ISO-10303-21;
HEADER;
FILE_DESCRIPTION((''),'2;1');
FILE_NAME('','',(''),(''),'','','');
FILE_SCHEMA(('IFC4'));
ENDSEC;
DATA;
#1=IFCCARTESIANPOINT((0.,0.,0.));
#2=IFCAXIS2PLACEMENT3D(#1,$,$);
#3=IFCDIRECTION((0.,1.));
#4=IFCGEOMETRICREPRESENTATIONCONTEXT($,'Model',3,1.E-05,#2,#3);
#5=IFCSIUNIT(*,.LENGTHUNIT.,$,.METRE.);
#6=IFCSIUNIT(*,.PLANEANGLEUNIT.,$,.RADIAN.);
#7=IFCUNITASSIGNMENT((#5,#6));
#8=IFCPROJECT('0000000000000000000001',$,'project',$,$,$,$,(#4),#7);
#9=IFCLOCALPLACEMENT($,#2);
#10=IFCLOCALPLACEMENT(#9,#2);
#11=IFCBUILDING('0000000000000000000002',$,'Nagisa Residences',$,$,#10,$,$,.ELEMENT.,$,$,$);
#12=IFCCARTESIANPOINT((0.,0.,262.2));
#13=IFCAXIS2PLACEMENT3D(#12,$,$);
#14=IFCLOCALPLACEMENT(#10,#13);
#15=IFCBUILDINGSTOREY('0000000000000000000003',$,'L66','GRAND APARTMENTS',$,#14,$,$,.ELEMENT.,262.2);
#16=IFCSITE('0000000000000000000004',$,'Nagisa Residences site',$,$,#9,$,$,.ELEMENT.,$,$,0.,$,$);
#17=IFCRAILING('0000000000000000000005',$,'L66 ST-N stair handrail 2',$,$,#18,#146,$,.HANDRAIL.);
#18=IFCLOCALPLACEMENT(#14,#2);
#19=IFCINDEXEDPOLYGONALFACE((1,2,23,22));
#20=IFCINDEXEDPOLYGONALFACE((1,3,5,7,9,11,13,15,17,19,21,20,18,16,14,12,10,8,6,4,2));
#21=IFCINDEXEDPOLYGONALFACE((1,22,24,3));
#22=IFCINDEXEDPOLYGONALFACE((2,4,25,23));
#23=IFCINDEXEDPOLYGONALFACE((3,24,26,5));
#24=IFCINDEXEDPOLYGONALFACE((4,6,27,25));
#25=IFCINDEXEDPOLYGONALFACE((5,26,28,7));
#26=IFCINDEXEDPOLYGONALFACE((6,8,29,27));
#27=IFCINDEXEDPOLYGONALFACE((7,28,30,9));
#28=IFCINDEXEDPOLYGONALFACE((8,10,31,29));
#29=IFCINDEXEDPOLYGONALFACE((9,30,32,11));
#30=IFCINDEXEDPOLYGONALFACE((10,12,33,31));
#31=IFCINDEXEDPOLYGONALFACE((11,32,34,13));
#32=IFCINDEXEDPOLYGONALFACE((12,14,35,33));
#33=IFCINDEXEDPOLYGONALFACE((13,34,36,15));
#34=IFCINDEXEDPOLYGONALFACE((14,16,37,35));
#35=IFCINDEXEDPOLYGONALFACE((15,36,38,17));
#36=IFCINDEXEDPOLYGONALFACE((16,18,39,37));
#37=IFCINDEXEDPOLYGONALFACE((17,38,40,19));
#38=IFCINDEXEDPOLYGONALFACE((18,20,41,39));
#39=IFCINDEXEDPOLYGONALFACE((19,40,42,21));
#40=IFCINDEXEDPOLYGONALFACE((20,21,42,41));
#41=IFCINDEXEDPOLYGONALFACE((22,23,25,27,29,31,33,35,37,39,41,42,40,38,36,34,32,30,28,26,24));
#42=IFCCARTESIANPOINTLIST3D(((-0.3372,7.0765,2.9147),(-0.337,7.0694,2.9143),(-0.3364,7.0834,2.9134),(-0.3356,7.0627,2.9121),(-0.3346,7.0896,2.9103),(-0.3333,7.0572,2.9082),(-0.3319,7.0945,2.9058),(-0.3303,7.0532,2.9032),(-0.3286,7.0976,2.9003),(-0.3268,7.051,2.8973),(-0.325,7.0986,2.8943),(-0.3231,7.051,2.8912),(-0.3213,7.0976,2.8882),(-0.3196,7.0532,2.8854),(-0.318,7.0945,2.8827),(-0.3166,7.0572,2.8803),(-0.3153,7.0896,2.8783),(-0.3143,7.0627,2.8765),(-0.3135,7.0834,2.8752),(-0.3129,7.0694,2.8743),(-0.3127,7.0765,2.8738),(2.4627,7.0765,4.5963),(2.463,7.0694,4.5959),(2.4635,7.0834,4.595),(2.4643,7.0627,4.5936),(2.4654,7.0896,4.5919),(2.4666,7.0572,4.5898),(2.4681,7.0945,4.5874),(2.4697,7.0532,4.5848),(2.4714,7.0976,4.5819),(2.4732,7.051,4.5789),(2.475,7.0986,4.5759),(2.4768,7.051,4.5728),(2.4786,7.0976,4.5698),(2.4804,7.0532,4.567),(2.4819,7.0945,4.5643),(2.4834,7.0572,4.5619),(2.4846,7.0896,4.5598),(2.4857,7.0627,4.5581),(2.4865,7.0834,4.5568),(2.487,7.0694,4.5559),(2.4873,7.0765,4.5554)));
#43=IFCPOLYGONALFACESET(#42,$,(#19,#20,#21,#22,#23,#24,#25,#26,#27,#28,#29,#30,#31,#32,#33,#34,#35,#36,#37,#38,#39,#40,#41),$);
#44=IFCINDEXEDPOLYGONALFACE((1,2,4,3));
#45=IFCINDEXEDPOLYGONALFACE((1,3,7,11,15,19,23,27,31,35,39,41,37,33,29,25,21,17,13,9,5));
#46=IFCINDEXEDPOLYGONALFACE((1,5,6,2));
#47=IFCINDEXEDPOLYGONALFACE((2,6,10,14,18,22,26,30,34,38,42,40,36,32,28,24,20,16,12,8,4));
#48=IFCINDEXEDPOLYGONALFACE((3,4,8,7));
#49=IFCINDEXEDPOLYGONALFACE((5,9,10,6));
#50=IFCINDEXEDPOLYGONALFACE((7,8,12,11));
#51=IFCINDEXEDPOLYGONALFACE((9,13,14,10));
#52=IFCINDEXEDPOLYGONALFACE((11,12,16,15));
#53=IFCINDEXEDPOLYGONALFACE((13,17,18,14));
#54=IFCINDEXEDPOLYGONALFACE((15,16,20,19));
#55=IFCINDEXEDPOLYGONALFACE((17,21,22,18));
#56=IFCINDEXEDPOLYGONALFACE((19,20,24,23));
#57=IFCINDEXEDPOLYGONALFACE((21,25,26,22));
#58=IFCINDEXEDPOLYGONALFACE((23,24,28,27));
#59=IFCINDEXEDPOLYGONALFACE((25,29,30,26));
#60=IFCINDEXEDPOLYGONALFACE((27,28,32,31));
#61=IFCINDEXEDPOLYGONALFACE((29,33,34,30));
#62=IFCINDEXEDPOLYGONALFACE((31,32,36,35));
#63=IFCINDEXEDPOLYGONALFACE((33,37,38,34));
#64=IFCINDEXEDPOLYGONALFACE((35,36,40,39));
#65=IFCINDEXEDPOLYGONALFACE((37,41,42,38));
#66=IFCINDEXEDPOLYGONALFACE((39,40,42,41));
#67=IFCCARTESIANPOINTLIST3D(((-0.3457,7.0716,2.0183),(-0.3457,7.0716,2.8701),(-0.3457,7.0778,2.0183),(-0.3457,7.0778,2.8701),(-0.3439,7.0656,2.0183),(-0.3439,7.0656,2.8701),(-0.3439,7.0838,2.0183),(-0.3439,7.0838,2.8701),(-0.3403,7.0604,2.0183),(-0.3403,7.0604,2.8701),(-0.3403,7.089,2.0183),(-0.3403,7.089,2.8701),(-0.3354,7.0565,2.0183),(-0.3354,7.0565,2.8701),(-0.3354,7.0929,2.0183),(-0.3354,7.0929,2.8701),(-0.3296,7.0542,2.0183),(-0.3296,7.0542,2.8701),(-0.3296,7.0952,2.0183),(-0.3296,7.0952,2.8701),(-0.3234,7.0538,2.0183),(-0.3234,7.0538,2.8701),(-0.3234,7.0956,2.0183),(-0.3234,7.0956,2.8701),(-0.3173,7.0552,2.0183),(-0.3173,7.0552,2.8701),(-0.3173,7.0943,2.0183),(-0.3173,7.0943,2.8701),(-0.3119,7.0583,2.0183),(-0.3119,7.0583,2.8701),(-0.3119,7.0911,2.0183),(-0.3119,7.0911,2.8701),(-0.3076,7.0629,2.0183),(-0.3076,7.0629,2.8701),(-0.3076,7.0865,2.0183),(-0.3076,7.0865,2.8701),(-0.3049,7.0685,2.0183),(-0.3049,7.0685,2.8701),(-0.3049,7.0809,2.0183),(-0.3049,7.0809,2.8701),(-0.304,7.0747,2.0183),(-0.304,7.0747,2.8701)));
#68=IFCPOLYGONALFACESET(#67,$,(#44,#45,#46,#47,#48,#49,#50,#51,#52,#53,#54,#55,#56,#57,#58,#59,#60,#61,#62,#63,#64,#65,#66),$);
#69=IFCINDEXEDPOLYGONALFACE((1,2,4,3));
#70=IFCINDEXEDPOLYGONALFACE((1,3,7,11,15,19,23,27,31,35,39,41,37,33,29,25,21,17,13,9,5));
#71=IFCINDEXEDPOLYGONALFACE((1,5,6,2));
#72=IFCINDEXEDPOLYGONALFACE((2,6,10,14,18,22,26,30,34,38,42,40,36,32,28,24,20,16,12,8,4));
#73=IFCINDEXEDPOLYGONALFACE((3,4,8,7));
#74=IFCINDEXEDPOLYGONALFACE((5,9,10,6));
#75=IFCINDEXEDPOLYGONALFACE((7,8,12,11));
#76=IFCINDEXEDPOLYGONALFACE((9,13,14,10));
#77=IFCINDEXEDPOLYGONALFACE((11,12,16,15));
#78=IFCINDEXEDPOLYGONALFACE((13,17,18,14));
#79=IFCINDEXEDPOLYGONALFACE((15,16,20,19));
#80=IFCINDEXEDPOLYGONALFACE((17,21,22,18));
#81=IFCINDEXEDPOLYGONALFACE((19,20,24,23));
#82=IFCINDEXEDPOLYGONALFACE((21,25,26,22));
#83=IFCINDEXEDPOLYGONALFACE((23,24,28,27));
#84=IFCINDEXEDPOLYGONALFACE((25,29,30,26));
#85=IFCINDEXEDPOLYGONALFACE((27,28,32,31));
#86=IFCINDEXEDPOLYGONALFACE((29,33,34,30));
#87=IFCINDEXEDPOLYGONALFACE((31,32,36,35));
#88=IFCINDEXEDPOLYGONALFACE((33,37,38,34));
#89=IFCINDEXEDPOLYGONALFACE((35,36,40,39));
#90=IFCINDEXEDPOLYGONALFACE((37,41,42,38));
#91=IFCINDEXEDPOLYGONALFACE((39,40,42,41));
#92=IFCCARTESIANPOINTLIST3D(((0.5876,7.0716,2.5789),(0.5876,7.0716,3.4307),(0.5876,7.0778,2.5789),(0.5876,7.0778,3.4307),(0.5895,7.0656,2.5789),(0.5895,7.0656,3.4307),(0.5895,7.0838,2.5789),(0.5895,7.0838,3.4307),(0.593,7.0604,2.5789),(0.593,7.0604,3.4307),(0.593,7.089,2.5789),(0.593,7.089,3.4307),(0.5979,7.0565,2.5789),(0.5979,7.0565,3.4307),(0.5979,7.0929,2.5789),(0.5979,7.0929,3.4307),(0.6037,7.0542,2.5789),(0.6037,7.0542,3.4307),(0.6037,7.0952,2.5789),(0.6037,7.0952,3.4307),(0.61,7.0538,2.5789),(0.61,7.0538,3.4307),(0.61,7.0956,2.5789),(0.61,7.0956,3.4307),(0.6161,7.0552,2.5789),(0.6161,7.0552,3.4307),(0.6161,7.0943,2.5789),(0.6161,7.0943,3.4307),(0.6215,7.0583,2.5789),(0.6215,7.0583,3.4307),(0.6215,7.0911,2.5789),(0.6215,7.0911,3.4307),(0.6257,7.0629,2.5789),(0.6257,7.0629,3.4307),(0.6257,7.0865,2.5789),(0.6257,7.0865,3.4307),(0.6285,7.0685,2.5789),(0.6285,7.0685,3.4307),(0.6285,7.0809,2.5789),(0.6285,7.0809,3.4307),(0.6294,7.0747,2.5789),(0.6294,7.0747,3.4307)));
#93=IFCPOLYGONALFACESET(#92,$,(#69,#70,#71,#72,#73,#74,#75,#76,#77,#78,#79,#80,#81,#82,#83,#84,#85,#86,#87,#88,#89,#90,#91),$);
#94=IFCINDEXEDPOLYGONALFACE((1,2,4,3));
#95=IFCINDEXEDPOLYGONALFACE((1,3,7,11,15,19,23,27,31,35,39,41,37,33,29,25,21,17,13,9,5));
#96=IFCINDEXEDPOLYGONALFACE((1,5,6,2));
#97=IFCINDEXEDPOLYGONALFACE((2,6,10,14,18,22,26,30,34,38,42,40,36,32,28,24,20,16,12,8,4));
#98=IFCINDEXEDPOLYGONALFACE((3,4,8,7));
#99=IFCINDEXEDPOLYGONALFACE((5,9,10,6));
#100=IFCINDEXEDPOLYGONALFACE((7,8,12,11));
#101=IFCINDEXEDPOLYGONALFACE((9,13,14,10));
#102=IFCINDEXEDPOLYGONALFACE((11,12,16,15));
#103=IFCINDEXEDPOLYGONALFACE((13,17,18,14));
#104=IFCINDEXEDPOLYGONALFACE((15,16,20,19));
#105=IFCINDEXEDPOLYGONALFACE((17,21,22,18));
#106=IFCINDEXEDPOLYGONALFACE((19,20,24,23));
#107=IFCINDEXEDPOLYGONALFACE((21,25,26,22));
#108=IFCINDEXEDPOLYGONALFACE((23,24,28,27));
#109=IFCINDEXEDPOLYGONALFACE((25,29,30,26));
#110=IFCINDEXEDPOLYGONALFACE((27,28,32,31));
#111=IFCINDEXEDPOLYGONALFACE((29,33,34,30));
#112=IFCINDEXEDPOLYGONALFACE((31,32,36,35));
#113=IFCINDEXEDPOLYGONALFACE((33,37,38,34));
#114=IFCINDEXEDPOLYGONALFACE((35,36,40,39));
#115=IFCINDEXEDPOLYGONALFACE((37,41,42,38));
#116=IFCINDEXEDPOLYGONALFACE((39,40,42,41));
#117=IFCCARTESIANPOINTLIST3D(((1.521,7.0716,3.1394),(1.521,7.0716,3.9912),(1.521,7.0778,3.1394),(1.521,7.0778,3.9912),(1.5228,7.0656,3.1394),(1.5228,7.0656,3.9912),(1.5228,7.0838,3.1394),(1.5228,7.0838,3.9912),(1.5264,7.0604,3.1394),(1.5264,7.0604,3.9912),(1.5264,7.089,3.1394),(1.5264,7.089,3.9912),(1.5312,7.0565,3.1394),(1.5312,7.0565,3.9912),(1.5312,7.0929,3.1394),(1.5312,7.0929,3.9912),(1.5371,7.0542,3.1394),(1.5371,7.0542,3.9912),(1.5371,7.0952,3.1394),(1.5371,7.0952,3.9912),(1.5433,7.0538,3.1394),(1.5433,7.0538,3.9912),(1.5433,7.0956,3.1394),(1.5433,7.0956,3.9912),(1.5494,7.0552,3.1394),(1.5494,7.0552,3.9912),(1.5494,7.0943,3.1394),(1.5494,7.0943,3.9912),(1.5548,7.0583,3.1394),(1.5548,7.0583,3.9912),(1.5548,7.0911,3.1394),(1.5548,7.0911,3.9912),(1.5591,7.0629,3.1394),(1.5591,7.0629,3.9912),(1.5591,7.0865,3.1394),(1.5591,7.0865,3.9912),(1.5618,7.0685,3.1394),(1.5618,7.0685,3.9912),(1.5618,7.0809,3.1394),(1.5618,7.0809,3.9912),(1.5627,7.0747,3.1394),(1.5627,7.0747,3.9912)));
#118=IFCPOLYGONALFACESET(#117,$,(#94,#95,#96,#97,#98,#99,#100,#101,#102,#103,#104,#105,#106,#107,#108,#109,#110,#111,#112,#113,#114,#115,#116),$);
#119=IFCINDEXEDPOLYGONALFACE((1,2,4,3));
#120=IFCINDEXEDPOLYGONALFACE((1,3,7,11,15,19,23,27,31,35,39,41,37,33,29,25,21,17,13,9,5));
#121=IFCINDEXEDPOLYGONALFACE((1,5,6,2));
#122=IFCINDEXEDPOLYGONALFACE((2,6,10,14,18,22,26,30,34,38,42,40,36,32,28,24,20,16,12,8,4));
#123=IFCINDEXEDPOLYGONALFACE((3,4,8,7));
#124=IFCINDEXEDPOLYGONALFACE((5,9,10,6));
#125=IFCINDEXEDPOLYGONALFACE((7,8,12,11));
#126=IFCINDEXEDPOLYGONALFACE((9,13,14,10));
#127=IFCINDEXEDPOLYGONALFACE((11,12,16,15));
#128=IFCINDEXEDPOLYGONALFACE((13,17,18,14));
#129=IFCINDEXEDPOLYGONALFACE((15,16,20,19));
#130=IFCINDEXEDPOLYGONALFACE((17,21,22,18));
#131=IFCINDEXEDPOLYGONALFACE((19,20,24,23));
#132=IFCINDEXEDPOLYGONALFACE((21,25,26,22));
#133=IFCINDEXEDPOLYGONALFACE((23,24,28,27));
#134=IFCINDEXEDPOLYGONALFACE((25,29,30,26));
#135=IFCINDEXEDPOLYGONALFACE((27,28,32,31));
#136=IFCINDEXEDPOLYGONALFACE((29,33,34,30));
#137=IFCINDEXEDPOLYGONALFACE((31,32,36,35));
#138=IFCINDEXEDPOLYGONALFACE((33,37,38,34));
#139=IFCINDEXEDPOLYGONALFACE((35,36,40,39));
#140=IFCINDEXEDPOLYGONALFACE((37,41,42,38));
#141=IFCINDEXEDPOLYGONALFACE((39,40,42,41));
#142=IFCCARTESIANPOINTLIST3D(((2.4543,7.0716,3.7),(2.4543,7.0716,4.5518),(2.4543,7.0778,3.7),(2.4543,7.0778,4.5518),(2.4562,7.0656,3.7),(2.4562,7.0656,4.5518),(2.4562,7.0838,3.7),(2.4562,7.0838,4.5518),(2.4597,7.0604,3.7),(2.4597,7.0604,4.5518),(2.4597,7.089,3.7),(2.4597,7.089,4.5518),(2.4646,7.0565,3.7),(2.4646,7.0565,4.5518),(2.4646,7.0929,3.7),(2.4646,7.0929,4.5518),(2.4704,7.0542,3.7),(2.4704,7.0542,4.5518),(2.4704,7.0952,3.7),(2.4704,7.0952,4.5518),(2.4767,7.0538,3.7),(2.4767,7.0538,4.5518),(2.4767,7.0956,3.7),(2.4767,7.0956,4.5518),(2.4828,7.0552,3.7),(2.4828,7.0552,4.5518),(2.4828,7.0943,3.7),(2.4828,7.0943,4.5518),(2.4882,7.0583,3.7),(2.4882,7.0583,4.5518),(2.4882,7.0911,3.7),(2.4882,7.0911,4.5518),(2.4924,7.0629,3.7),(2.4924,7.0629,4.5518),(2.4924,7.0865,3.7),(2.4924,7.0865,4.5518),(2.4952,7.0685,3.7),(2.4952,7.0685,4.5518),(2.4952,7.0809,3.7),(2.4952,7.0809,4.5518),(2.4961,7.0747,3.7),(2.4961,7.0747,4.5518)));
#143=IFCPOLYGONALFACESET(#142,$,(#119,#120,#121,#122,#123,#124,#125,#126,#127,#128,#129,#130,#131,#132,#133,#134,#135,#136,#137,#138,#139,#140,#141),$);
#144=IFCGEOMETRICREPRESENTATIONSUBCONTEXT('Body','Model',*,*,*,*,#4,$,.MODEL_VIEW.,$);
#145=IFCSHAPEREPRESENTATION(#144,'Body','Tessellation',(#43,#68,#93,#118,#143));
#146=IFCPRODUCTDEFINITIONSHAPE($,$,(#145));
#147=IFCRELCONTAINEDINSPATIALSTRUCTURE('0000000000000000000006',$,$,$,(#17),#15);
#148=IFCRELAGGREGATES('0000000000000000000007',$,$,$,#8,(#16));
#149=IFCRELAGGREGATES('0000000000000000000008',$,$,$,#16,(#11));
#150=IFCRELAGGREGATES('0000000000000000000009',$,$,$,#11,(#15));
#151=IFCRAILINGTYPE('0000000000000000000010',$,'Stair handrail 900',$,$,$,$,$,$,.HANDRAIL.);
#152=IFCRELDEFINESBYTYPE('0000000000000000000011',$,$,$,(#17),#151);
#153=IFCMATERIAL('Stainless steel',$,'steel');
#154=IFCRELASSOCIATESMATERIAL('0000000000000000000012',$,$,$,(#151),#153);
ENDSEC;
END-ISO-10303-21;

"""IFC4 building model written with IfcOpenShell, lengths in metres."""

from ifc_helpers import new_model, si_unit, direction, frame, origin, origin_2d, place, context, subcontext, project, spatial, circle, extrude, material, type_object, element, save


model = new_model("IFC4")

# Units and contexts
model_context = context("Model", 3, precision=1e-05, world=origin(), true_north=direction((0.0, 1.0)))
body_context = subcontext(model_context, "Body", "Model", "MODEL_VIEW")
ifc_project = project(units=[si_unit("LENGTHUNIT", "METRE"), si_unit("PLANEANGLEUNIT", "RADIAN")], contexts=[model_context])

# Site, building, storey
site_placement = place(None, origin())
site = spatial("IfcSite", under=ifc_project, at=site_placement, Name="Nagisa Residences site", CompositionType="ELEMENT", RefElevation=0.0)
building_placement = place(site_placement, origin())
building = spatial("IfcBuilding", under=site, at=building_placement, Name="Nagisa Residences", CompositionType="ELEMENT")
storey_placement = place(building_placement, frame((0.0, 0.0, 262.2)))
storey = spatial("IfcBuildingStorey", under=building, at=storey_placement, Name="L66", Description="GRAND APARTMENTS", CompositionType="ELEMENT", Elevation=262.2)

# Railing
ifc_material_1 = material(Name="Stainless steel", Category="steel")
railing_type = type_object("IfcRailingType", Name="Stair handrail 900", PredefinedType="HANDRAIL", material=ifc_material_1)
railing_placement = place(storey_placement, frame((-0.325, 7.0747, 2.0183)))
element("IfcRailing", 1, at=railing_placement, inside=storey, type_object=railing_type, Name="L66 ST-N stair handrail 2", PredefinedType="HANDRAIL", context=body_context, shape_type="SweptSolid", body=[
    extrude(circle(Radius=0.0239, at=origin_2d()), frame((0.0, 0.0, 0.876), z_axis=(0.857275, 0.0, 0.514858), x_axis=(0.0, 1.0, 0.0)), (0.0, 0.0, 1.0), 3.2661),
    extrude(circle(Radius=0.021, at=origin_2d()), origin(), (0.0, 0.0, 1.0), 0.8518),
    extrude(circle(Radius=0.021, at=origin_2d()), frame((0.9333, 0.0, 0.5605)), (0.0, 0.0, 1.0), 0.8518),
    extrude(circle(Radius=0.021, at=origin_2d()), frame((1.8667, 0.0, 1.1211)), (0.0, 0.0, 1.0), 0.8518),
    extrude(circle(Radius=0.021, at=origin_2d()), frame((2.8, 0.0, 1.6816)), (0.0, 0.0, 1.0), 0.8518),
])

save(model, "model.ifc")
